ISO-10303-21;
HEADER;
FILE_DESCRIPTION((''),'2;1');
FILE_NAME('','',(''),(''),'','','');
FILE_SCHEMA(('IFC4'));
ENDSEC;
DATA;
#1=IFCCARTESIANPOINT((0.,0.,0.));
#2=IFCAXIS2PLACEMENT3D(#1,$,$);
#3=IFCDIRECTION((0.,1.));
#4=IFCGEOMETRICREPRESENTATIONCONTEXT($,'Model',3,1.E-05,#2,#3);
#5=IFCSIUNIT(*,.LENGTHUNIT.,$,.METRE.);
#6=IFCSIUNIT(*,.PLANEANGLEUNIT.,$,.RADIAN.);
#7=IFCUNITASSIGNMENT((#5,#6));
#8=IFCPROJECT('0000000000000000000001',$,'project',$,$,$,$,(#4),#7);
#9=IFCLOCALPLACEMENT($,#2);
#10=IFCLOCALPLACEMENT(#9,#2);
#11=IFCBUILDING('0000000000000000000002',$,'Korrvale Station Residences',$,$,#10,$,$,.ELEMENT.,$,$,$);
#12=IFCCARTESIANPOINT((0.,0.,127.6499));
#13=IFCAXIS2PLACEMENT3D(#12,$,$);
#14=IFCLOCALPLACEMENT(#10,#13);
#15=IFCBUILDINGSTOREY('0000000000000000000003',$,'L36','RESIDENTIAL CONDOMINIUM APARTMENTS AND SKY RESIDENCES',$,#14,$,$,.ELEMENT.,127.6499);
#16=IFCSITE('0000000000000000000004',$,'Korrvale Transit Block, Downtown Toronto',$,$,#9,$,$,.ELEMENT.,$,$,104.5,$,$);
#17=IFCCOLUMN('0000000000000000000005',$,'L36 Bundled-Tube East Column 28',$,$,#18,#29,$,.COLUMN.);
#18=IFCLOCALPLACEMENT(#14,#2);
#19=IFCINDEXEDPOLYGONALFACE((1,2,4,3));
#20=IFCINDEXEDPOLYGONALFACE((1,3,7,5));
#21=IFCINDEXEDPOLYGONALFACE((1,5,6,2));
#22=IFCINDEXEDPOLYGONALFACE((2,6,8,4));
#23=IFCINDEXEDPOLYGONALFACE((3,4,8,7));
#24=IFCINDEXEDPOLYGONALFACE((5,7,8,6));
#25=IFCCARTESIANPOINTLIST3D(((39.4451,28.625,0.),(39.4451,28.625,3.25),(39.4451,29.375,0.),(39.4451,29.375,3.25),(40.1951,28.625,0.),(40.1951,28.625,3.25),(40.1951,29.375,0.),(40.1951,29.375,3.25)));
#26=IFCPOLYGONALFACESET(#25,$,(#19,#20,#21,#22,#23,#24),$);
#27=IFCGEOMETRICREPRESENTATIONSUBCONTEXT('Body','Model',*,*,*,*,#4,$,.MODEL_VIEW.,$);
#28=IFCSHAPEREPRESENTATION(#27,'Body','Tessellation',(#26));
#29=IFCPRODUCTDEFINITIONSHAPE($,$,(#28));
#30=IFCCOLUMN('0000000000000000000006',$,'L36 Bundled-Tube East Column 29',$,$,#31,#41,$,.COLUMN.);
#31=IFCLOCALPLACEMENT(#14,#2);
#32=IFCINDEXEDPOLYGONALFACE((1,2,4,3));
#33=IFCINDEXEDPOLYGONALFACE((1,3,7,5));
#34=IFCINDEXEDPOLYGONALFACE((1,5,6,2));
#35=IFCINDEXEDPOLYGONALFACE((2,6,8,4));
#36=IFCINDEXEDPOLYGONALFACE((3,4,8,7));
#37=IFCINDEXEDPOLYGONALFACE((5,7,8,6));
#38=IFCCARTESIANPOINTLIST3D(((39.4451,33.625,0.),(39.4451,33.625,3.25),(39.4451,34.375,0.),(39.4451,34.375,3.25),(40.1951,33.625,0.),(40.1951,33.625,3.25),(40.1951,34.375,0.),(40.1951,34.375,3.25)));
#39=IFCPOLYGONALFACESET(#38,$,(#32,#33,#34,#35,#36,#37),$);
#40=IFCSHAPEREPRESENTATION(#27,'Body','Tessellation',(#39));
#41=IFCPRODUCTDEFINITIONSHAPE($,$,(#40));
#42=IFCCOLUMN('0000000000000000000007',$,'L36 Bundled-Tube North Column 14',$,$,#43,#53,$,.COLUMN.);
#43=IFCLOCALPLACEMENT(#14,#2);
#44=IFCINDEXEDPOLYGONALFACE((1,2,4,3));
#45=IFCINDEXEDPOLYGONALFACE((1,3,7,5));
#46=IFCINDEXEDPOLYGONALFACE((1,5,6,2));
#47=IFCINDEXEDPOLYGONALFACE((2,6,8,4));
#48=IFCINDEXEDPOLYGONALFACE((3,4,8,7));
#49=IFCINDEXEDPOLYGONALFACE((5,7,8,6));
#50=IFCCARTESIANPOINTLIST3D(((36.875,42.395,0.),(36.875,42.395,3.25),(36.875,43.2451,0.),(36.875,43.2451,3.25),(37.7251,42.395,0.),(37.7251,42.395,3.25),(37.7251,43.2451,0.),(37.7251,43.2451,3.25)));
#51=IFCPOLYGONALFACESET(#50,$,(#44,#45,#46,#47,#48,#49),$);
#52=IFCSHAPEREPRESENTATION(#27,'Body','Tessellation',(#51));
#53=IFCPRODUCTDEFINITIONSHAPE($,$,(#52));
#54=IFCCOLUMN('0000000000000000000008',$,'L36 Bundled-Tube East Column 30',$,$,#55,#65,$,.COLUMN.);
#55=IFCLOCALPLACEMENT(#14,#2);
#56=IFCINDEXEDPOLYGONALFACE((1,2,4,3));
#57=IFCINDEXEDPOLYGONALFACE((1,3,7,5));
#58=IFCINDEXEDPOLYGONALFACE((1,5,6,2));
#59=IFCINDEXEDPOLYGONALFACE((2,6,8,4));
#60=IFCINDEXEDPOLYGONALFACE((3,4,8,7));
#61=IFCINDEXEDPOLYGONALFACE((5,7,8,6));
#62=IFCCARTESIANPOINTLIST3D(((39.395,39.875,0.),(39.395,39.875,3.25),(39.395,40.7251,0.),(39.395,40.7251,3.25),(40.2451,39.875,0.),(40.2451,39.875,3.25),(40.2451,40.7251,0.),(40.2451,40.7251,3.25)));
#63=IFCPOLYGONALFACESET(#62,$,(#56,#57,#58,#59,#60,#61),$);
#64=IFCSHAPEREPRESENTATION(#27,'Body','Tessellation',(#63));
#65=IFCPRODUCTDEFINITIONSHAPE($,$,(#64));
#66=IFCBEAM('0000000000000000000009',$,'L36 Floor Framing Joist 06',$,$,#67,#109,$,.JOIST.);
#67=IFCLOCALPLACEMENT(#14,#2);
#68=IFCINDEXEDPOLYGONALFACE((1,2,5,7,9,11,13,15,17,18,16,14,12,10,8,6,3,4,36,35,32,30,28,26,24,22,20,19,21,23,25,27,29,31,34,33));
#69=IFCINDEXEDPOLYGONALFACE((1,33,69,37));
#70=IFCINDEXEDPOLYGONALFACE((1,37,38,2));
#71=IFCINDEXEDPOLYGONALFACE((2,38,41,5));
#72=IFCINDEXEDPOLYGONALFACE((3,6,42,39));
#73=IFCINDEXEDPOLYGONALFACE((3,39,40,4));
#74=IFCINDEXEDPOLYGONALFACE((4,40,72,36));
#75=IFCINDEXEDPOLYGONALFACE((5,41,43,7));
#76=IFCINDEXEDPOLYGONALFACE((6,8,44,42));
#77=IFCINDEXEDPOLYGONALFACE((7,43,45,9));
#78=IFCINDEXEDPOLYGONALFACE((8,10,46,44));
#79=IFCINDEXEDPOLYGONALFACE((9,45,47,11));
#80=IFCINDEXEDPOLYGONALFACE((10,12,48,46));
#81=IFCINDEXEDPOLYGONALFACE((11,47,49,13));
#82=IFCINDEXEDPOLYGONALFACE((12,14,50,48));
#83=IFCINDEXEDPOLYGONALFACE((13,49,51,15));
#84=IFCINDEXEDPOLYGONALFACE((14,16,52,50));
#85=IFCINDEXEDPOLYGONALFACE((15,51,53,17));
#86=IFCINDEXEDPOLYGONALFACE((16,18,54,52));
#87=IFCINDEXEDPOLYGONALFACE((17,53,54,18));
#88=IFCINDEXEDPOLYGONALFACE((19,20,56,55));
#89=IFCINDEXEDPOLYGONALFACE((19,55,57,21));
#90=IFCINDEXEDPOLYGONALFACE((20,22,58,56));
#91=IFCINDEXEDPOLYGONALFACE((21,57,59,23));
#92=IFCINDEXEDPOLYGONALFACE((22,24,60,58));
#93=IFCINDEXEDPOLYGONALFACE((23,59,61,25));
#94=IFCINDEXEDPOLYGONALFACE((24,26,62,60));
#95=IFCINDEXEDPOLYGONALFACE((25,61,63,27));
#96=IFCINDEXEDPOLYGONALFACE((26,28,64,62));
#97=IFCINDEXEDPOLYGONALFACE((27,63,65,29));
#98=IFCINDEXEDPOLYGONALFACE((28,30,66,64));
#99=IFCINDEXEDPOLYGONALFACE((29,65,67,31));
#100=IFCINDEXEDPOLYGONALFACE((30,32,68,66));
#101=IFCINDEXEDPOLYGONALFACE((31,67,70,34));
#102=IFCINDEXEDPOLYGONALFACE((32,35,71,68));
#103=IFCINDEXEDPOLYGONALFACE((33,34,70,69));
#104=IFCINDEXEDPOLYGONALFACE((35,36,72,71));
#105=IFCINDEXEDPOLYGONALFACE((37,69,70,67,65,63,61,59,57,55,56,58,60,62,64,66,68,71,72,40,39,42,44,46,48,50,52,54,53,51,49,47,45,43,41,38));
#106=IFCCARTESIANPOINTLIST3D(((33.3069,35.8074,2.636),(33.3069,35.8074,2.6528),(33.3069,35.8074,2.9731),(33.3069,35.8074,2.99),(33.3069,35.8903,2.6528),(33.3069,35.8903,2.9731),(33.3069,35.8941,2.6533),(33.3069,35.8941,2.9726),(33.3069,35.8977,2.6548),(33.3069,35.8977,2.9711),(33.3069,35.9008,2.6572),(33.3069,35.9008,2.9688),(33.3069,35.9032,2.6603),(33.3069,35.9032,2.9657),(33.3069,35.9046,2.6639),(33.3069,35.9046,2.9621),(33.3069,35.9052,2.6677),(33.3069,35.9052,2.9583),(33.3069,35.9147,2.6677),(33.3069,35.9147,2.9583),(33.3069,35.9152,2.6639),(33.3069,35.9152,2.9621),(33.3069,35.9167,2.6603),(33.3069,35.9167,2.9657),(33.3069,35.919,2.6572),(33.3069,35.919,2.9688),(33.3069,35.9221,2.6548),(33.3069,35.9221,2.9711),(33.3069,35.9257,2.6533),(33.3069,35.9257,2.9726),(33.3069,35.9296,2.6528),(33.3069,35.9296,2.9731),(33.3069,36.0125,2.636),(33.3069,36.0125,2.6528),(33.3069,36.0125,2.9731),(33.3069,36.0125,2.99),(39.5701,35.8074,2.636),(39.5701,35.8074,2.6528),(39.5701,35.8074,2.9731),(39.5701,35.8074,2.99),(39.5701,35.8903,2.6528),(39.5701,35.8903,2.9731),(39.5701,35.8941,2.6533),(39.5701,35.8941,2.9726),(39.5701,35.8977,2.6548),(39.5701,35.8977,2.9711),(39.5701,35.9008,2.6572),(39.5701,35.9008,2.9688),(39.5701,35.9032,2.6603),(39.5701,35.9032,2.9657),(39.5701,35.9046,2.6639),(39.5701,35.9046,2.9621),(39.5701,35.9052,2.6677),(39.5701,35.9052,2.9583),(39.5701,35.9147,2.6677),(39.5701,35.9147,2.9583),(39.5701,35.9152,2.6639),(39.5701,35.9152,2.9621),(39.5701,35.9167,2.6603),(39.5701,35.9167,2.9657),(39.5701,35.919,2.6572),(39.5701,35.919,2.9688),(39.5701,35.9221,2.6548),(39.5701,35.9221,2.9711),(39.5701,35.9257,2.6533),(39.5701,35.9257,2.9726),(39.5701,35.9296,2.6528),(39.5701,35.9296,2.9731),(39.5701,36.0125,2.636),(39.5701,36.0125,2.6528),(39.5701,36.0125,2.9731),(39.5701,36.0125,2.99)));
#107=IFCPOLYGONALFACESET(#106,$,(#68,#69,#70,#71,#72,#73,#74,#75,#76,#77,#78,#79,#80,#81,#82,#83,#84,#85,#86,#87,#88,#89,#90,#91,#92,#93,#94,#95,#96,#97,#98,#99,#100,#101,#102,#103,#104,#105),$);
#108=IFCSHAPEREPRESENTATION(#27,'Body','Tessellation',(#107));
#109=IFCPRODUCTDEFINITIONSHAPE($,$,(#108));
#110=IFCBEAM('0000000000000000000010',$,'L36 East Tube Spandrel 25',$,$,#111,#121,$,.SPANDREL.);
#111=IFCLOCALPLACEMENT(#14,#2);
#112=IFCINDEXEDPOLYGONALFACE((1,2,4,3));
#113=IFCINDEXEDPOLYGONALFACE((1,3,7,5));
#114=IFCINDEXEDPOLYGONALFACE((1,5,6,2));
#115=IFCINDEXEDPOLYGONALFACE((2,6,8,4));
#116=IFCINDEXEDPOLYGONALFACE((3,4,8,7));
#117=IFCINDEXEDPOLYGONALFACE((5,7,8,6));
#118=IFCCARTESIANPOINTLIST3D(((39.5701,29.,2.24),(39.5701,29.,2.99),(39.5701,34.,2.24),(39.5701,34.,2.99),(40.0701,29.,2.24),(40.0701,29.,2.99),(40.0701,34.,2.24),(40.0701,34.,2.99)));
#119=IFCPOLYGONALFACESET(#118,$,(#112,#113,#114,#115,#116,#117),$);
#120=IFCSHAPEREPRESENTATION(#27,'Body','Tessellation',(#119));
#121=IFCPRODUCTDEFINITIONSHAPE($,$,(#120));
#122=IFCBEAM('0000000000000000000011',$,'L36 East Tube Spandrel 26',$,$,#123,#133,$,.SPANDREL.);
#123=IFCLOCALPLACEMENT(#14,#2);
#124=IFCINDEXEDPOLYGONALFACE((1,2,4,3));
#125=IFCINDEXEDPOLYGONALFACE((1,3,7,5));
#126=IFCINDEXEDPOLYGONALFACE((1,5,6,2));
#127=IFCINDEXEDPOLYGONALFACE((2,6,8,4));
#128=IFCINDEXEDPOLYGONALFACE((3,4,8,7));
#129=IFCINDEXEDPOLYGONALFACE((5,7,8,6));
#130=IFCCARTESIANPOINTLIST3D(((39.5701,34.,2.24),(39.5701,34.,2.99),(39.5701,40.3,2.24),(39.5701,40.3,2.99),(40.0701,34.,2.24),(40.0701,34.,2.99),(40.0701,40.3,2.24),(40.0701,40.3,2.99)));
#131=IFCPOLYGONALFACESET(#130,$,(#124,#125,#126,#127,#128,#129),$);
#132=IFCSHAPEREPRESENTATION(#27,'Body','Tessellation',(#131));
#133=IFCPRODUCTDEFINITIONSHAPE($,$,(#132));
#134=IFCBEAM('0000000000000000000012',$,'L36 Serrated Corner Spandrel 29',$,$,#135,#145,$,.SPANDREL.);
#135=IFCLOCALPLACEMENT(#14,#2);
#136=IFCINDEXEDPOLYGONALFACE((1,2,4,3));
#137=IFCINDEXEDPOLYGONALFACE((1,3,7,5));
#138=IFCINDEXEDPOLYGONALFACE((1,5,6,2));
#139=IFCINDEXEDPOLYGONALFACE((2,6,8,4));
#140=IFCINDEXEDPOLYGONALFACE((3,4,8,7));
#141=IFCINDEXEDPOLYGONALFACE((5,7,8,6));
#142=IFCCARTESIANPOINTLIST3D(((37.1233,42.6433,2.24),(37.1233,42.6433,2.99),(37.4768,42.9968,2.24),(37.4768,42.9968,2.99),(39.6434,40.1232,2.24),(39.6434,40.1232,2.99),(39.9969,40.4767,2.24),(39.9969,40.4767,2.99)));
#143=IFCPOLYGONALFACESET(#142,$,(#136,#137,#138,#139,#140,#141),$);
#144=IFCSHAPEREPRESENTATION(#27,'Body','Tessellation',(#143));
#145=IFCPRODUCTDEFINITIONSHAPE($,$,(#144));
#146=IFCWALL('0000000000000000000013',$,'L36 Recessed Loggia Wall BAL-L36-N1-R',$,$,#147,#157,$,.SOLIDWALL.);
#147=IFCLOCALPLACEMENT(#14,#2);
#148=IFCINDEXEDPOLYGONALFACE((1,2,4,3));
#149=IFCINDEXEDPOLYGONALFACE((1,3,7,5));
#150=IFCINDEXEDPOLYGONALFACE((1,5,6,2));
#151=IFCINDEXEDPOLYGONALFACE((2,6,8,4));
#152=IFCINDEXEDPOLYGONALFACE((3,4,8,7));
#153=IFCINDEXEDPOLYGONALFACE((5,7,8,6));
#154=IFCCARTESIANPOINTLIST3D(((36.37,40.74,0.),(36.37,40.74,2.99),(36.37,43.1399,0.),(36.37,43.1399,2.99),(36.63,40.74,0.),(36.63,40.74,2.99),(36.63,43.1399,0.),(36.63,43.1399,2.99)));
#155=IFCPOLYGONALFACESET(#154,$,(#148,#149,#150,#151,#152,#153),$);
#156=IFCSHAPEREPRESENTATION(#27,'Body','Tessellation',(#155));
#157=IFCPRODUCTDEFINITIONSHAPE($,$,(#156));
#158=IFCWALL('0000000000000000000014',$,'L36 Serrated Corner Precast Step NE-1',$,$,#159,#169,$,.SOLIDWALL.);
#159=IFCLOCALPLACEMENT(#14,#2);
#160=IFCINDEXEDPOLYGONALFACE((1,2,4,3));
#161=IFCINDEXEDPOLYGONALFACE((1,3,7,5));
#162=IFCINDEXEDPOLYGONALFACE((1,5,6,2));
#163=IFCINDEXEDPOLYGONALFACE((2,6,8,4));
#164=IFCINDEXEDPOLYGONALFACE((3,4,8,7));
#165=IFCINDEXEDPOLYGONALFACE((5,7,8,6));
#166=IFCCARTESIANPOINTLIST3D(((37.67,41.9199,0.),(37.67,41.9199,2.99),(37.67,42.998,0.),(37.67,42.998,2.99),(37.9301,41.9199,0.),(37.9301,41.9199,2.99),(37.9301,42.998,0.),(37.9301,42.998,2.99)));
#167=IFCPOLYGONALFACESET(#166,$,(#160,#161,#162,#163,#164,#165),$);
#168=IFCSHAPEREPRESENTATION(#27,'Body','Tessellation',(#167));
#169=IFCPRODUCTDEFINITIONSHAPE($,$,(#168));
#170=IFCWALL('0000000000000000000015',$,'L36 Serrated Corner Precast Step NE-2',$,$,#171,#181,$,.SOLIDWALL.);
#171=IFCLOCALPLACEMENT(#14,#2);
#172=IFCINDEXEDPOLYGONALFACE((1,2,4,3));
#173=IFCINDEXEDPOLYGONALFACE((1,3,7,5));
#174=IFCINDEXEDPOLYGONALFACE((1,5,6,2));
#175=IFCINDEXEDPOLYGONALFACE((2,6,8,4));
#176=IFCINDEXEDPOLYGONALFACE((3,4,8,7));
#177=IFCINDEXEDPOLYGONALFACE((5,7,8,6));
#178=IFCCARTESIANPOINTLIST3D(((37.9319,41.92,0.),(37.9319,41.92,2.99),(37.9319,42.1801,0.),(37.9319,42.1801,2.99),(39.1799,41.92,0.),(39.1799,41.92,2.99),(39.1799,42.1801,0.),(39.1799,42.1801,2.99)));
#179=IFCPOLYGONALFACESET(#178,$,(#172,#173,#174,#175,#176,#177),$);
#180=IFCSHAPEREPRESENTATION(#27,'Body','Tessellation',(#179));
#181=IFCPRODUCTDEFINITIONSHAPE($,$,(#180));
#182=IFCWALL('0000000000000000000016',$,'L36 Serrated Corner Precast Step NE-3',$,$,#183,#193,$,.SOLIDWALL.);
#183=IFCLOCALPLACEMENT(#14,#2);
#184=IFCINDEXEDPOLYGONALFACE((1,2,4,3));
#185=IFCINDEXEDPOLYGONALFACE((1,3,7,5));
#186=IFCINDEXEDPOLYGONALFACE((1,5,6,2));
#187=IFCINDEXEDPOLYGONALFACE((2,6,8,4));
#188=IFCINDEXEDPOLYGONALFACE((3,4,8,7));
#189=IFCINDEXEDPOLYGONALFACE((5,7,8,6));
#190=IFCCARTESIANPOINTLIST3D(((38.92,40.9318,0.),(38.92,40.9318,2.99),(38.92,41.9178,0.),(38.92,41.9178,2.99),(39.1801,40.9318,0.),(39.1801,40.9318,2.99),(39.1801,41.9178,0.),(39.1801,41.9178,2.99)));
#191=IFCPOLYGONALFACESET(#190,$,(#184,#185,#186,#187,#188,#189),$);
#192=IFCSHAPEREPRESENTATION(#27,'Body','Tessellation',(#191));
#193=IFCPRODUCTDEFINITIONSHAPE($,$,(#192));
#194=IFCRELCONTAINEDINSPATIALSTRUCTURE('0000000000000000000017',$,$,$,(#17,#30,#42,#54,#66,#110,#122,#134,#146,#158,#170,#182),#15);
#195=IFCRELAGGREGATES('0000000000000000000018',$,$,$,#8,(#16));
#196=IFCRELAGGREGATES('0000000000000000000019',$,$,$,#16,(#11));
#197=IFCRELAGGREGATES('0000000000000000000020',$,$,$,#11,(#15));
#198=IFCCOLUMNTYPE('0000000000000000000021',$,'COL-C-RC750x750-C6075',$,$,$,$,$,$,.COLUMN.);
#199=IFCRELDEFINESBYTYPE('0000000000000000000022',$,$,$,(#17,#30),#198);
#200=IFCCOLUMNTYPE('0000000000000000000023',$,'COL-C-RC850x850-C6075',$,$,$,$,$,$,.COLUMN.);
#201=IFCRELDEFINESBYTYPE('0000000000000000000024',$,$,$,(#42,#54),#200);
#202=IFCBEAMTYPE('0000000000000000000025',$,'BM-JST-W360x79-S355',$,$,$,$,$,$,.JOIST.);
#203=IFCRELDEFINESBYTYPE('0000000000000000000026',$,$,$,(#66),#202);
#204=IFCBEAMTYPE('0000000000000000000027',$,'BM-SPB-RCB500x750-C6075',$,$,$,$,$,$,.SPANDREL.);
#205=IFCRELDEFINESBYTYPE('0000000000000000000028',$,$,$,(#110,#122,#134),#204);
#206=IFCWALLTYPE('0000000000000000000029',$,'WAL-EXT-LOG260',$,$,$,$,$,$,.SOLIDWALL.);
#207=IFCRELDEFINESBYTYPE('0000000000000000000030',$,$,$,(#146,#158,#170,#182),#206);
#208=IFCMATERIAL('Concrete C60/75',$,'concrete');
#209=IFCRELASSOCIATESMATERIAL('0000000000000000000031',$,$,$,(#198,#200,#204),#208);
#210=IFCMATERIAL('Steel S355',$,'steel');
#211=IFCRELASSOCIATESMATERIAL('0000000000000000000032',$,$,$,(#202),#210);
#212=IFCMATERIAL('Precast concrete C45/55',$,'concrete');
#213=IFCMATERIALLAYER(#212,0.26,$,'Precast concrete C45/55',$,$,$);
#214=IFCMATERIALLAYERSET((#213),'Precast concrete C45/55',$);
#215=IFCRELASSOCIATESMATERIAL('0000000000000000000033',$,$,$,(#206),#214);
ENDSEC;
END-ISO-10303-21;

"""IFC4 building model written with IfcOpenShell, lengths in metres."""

from ifc_helpers import new_model, si_unit, direction, frame, frame_2d, origin, origin_2d, place, context, subcontext, project, spatial, rectangle, i_section, extrude, material, layer, layer_set, material_profile, profile_set, type_object, element, save


model = new_model("IFC4")

# Units and contexts
model_context = context("Model", 3, precision=1e-05, world=origin(), true_north=direction((0.0, 1.0)))
body_context = subcontext(model_context, "Body", "Model", "MODEL_VIEW")
ifc_project = project(units=[si_unit("LENGTHUNIT", "METRE"), si_unit("PLANEANGLEUNIT", "RADIAN")], contexts=[model_context])

# Site, building, storey
site_placement = place(None, origin())
site = spatial("IfcSite", under=ifc_project, at=site_placement, Name="Korrvale Transit Block, Downtown Toronto", CompositionType="ELEMENT", RefElevation=104.5)
building_placement = place(site_placement, origin())
building = spatial("IfcBuilding", under=site, at=building_placement, Name="Korrvale Station Residences", CompositionType="ELEMENT")
storey_placement = place(building_placement, frame((0.0, 0.0, 127.6499)))
storey = spatial("IfcBuildingStorey", under=building, at=storey_placement, Name="L36", Description="RESIDENTIAL CONDOMINIUM APARTMENTS AND SKY RESIDENCES", CompositionType="ELEMENT", Elevation=127.6499)

# Columns
ifc_material_1 = material(Name="Concrete C60/75", Category="concrete")
ifc_material_profile_1 = material_profile(ifc_material_1, rectangle(XDim=0.75, YDim=0.75, at=origin_2d()), Name="RC750x750")
ifc_profile_set_1 = profile_set([ifc_material_profile_1], Name="Concrete C60/75")
column_type_1 = type_object("IfcColumnType", Name="COL-C-RC750x750-C6075", PredefinedType="COLUMN", material=ifc_profile_set_1)
for number, where, z_axis, x_axis, name in (
    (1, (39.8201, 29.0, 0.0), (0.0, 0.0, 1.0), (1.0, 0.0, 0.0), "L36 Bundled-Tube East Column 28"),
    (2, (39.8201, 34.0, 0.0), (0.0, 0.0, 1.0), (1.0, 0.0, 0.0), "L36 Bundled-Tube East Column 29"),
):
    element("IfcColumn", number, at=place(storey_placement, frame(where, z_axis=z_axis, x_axis=x_axis)), inside=storey, type_object=column_type_1, Name=name, PredefinedType="COLUMN", context=body_context, shape_type="SweptSolid", body=[
        extrude(rectangle(XDim=0.75, YDim=0.75, at=origin_2d()), origin(), (0.0, 0.0, 1.0), 3.25),
    ])
ifc_material_profile_2 = material_profile(ifc_material_1, rectangle(XDim=0.8501, YDim=0.8501, at=origin_2d()), Name="RC850x850")
ifc_profile_set_2 = profile_set([ifc_material_profile_2], Name="Concrete C60/75")
column_type_2 = type_object("IfcColumnType", Name="COL-C-RC850x850-C6075", PredefinedType="COLUMN", material=ifc_profile_set_2)
for number, where, z_axis, x_axis, name in (
    (3, (37.3, 42.8201, 0.0), (0.0, 0.0, 1.0), (1.0, 0.0, 0.0), "L36 Bundled-Tube North Column 14"),
    (4, (39.8201, 40.3, 0.0), (0.0, 0.0, 1.0), (1.0, 0.0, 0.0), "L36 Bundled-Tube East Column 30"),
):
    element("IfcColumn", number, at=place(storey_placement, frame(where, z_axis=z_axis, x_axis=x_axis)), inside=storey, type_object=column_type_2, Name=name, PredefinedType="COLUMN", context=body_context, shape_type="SweptSolid", body=[
        extrude(rectangle(XDim=0.8501, YDim=0.8501, at=origin_2d()), origin(), (0.0, 0.0, 1.0), 3.25),
    ])

# Beams
ifc_material_2 = material(Name="Steel S355", Category="steel")
ifc_material_profile_3 = material_profile(ifc_material_2, i_section(OverallWidth=0.2051, OverallDepth=0.354, WebThickness=0.0095, FlangeThickness=0.0168, FilletRadius=0.0149, at=origin_2d()), Name="W360x79")
ifc_profile_set_3 = profile_set([ifc_material_profile_3], Name="Steel S355")
beam_type_1 = type_object("IfcBeamType", Name="BM-JST-W360x79-S355", PredefinedType="JOIST", material=ifc_profile_set_3)
beam_1_placement = place(storey_placement, frame((33.3069, 35.9099, 2.813), z_axis=(1.0, 0.0, 0.0), x_axis=(0.0, 1.0, 0.0)))
element("IfcBeam", 5, at=beam_1_placement, inside=storey, type_object=beam_type_1, Name="L36 Floor Framing Joist 06", PredefinedType="JOIST", context=body_context, shape_type="SweptSolid", body=[
    extrude(i_section(OverallWidth=0.2051, OverallDepth=0.354, WebThickness=0.0095, FlangeThickness=0.0168, FilletRadius=0.0149, at=origin_2d()), origin(), (0.0, 0.0, 1.0), 6.2632),
])
ifc_material_profile_4 = material_profile(ifc_material_1, rectangle(XDim=0.5, YDim=0.75, at=origin_2d()), Name="RCB500x750")
ifc_profile_set_4 = profile_set([ifc_material_profile_4], Name="Concrete C60/75")
beam_type_2 = type_object("IfcBeamType", Name="BM-SPB-RCB500x750-C6075", PredefinedType="SPANDREL", material=ifc_profile_set_4)
beam_2_placement = place(storey_placement, frame((39.8201, 29.0, 2.615), z_axis=(0.0, 1.0, 0.0), x_axis=(-1.0, 0.0, 0.0)))
element("IfcBeam", 6, at=beam_2_placement, inside=storey, type_object=beam_type_2, Name="L36 East Tube Spandrel 25", PredefinedType="SPANDREL", context=body_context, shape_type="SweptSolid", body=[
    extrude(rectangle(XDim=0.5, YDim=0.75, at=origin_2d()), origin(), (0.0, 0.0, 1.0), 5.0),
])
beam_3_placement = place(storey_placement, frame((39.8201, 34.0, 2.615), z_axis=(0.0, 1.0, 0.0), x_axis=(-1.0, 0.0, 0.0)))
element("IfcBeam", 7, at=beam_3_placement, inside=storey, type_object=beam_type_2, Name="L36 East Tube Spandrel 26", PredefinedType="SPANDREL", context=body_context, shape_type="SweptSolid", body=[
    extrude(rectangle(XDim=0.5, YDim=0.75, at=origin_2d()), origin(), (0.0, 0.0, 1.0), 6.3),
])
beam_4_placement = place(storey_placement, frame((37.3, 42.8201, 2.615), z_axis=(0.707107, -0.707107, 0.0), x_axis=(0.707107, 0.707107, 0.0)))
element("IfcBeam", 8, at=beam_4_placement, inside=storey, type_object=beam_type_2, Name="L36 Serrated Corner Spandrel 29", PredefinedType="SPANDREL", context=body_context, shape_type="SweptSolid", body=[
    extrude(rectangle(XDim=0.5, YDim=0.75, at=origin_2d()), origin(), (0.0, 0.0, 1.0), 3.564),
])

# Walls
ifc_material_3 = material(Name="Precast concrete C45/55", Category="concrete")
ifc_layer_1 = layer(ifc_material_3, 0.26, Name="Precast concrete C45/55")
ifc_layer_set_1 = layer_set([ifc_layer_1], Name="Precast concrete C45/55")
wall_type_1 = type_object("IfcWallType", Name="WAL-EXT-LOG260", PredefinedType="SOLIDWALL", material=ifc_layer_set_1)
wall_1_placement = place(storey_placement, frame((36.5, 40.74, 0.0), z_axis=(0.0, 0.0, 1.0), x_axis=(0.0, 1.0, 0.0)))
element("IfcWall", 9, at=wall_1_placement, inside=storey, type_object=wall_type_1, Name="L36 Recessed Loggia Wall BAL-L36-N1-R", PredefinedType="SOLIDWALL", context=body_context, shape_type="SweptSolid", body=[
    extrude(rectangle(XDim=2.3999, YDim=0.26, at=frame_2d((1.2, 0.0))), origin(), (0.0, 0.0, 1.0), 2.99),
])
wall_2_placement = place(storey_placement, frame((37.8, 42.998, 0.0), z_axis=(0.0, 0.0, 1.0), x_axis=(0.0, -1.0, 0.0)))
element("IfcWall", 10, at=wall_2_placement, inside=storey, type_object=wall_type_1, Name="L36 Serrated Corner Precast Step NE-1", PredefinedType="SOLIDWALL", context=body_context, shape_type="SweptSolid", body=[
    extrude(rectangle(XDim=1.0781, YDim=0.26, at=frame_2d((0.5391, 0.0))), origin(), (0.0, 0.0, 1.0), 2.99),
])
wall_3_placement = place(storey_placement, frame((37.9319, 42.05, 0.0), z_axis=(0.0, 0.0, 1.0), x_axis=(1.0, 0.0, 0.0)))
element("IfcWall", 11, at=wall_3_placement, inside=storey, type_object=wall_type_1, Name="L36 Serrated Corner Precast Step NE-2", PredefinedType="SOLIDWALL", context=body_context, shape_type="SweptSolid", body=[
    extrude(rectangle(XDim=1.248, YDim=0.26, at=frame_2d((0.624, 0.0))), origin(), (0.0, 0.0, 1.0), 2.99),
])
wall_4_placement = place(storey_placement, frame((39.05, 41.918, 0.0), z_axis=(0.0, 0.0, 1.0), x_axis=(0.0, -1.0, 0.0)))
element("IfcWall", 12, at=wall_4_placement, inside=storey, type_object=wall_type_1, Name="L36 Serrated Corner Precast Step NE-3", PredefinedType="SOLIDWALL", context=body_context, shape_type="SweptSolid", body=[
    extrude(rectangle(XDim=0.9861, YDim=0.26, at=frame_2d((0.4932, 0.0))), origin(), (0.0, 0.0, 1.0), 2.99),
])

save(model, "model.ifc")
